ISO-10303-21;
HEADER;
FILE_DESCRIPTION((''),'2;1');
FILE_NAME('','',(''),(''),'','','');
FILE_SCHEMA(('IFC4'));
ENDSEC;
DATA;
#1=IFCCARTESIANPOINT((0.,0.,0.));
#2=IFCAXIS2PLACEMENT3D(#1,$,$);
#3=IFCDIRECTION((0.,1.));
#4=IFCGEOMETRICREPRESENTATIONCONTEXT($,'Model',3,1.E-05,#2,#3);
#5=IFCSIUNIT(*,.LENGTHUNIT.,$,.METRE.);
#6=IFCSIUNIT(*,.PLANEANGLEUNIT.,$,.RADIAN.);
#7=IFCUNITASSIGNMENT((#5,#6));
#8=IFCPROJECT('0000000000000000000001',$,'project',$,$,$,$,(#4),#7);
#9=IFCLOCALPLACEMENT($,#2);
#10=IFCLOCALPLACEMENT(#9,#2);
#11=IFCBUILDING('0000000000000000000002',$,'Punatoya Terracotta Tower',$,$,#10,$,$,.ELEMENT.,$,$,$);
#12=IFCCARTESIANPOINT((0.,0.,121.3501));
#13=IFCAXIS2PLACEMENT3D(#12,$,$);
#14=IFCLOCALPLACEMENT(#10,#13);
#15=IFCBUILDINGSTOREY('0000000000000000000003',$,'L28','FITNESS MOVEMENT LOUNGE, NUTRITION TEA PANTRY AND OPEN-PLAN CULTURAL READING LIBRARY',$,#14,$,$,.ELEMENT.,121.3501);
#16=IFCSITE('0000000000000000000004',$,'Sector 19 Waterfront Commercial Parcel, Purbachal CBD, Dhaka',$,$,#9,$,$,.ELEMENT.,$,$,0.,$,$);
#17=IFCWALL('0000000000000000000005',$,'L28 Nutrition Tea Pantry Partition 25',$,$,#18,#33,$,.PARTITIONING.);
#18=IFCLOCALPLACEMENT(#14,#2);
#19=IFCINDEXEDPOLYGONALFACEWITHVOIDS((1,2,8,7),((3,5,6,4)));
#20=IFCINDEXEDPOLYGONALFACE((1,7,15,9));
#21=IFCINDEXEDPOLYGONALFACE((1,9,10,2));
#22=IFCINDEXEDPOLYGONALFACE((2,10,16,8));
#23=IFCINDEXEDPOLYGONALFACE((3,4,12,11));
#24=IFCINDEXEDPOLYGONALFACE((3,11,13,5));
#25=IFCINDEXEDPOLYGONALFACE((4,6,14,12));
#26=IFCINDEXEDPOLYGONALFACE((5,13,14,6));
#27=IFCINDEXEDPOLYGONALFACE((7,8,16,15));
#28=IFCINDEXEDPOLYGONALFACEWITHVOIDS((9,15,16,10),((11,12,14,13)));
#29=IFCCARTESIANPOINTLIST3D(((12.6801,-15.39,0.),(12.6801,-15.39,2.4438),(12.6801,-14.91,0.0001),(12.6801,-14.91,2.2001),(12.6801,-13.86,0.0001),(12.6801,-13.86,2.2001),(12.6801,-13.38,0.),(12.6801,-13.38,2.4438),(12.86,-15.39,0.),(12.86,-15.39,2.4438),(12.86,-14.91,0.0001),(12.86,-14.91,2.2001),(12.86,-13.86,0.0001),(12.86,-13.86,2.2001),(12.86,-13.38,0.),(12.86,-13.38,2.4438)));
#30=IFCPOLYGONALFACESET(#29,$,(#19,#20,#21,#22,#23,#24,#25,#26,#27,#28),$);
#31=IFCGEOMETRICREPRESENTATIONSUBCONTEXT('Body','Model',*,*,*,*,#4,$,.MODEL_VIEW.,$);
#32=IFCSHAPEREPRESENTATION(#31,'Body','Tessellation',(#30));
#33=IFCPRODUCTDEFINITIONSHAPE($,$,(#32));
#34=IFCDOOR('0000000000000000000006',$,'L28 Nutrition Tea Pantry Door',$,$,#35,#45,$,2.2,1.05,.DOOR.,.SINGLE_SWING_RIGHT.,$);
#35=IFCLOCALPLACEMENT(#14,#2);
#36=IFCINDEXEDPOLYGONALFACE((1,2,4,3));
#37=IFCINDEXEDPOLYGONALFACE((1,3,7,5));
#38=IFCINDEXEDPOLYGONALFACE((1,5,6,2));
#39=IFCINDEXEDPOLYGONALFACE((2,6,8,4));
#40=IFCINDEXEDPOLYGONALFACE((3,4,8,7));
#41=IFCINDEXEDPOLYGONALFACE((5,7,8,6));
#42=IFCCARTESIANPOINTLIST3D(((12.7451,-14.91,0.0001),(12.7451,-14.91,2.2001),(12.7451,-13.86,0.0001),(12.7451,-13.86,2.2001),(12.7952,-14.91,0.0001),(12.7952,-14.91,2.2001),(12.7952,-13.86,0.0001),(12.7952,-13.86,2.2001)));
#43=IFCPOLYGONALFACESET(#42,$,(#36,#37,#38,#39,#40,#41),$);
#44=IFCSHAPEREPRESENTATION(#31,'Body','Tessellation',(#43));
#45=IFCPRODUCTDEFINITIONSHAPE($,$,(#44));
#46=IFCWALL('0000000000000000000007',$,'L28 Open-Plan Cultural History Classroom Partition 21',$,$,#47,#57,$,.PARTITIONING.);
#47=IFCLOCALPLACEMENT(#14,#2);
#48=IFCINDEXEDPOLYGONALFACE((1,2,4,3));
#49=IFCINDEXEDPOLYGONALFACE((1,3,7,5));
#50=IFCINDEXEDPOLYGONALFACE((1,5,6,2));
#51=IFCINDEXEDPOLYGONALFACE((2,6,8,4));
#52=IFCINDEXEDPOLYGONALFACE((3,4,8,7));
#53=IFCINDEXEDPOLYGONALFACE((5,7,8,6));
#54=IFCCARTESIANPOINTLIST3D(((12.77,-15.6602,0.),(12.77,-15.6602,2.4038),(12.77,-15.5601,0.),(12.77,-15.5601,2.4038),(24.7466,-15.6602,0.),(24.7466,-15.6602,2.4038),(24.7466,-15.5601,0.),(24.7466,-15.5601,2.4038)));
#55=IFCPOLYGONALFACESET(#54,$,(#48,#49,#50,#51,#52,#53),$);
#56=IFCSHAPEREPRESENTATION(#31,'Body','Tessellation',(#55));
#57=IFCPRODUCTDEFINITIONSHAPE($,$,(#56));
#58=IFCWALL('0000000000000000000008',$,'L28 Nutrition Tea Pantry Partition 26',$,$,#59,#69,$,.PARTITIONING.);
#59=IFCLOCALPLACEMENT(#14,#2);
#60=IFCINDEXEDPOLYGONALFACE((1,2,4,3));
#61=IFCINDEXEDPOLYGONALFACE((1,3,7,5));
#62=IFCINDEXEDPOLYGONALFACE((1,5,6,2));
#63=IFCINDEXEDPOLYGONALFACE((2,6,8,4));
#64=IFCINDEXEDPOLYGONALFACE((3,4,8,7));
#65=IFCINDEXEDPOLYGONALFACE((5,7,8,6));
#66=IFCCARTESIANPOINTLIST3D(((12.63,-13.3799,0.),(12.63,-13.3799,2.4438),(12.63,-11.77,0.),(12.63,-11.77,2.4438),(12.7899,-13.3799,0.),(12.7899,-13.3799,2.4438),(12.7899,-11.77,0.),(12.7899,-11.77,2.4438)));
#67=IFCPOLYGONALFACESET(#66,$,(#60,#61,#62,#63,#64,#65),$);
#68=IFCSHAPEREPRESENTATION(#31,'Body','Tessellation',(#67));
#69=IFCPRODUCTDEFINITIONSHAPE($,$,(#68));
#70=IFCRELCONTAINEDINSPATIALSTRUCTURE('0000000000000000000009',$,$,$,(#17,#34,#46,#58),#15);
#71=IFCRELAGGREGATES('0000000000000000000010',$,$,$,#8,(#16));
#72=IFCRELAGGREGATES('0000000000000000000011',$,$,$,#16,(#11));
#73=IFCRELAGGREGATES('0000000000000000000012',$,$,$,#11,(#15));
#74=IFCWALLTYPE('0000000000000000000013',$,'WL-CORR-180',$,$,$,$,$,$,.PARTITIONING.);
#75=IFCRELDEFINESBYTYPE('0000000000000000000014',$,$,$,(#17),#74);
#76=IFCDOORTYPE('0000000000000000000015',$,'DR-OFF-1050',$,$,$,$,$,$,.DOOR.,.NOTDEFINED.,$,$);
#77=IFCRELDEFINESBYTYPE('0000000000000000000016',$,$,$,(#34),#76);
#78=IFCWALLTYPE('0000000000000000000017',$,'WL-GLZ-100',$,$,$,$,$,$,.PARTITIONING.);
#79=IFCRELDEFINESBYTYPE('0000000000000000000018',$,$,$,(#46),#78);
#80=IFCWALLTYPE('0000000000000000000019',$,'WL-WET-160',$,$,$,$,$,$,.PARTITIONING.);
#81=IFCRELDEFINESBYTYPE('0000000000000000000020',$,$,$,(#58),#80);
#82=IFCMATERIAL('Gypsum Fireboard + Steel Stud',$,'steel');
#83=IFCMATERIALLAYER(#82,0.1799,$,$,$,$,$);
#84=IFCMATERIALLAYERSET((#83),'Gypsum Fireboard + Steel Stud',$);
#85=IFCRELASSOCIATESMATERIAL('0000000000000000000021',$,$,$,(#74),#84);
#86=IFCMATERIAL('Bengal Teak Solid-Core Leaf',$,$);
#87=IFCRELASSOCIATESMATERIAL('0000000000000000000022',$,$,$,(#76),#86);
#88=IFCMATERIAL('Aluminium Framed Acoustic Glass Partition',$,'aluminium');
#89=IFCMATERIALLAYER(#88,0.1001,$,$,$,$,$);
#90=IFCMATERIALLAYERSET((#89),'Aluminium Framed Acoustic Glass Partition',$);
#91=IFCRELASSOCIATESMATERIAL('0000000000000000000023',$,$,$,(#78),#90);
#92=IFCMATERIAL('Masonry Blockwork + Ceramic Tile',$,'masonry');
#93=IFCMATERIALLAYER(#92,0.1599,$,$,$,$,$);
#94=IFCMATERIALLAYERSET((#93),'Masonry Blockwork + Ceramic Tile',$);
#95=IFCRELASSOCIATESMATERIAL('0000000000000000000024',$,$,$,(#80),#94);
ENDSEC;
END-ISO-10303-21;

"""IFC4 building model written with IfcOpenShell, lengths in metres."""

from ifc_helpers import new_model, si_unit, direction, frame, frame_2d, origin, place, context, subcontext, project, spatial, rectangle, extrude, material, layer, layer_set, type_object, element, fill, save


model = new_model("IFC4")

# Units and contexts
model_context = context("Model", 3, precision=1e-05, world=origin(), true_north=direction((0.0, 1.0)))
body_context = subcontext(model_context, "Body", "Model", "MODEL_VIEW")
ifc_project = project(units=[si_unit("LENGTHUNIT", "METRE"), si_unit("PLANEANGLEUNIT", "RADIAN")], contexts=[model_context])

# Site, building, storey
site_placement = place(None, origin())
site = spatial("IfcSite", under=ifc_project, at=site_placement, Name="Sector 19 Waterfront Commercial Parcel, Purbachal CBD, Dhaka", CompositionType="ELEMENT", RefElevation=0.0)
building_placement = place(site_placement, origin())
building = spatial("IfcBuilding", under=site, at=building_placement, Name="Punatoya Terracotta Tower", CompositionType="ELEMENT")
storey_placement = place(building_placement, frame((0.0, 0.0, 121.3501)))
storey = spatial("IfcBuildingStorey", under=building, at=storey_placement, Name="L28", Description="FITNESS MOVEMENT LOUNGE, NUTRITION TEA PANTRY AND OPEN-PLAN CULTURAL READING LIBRARY", CompositionType="ELEMENT", Elevation=121.3501)

# Shared definitions
ifc_material_1 = material(Name="Gypsum Fireboard + Steel Stud", Category="steel")
ifc_layer_1 = layer(ifc_material_1, 0.1799)
ifc_layer_set_1 = layer_set([ifc_layer_1], Name="Gypsum Fireboard + Steel Stud")
wall_type_1 = type_object("IfcWallType", Name="WL-CORR-180", PredefinedType="PARTITIONING", material=ifc_layer_set_1)

# Wall, opening, door
wall_1_placement = place(storey_placement, frame((12.77, -15.3899, 0.0), z_axis=(0.0, 0.0, 1.0), x_axis=(0.0, 1.0, 0.0)))
wall_1 = element("IfcWall", 1, at=wall_1_placement, inside=storey, type_object=wall_type_1, Name="L28 Nutrition Tea Pantry Partition 25", PredefinedType="PARTITIONING", context=body_context, shape_type="SweptSolid", body=[
    extrude(rectangle(XDim=2.01, YDim=0.1799, at=frame_2d((1.0049, 0.0))), origin(), (0.0, 0.0, 1.0), 2.4438),
])
opening_1_placement = place(wall_1_placement, frame((0.48, 0.0, 0.0)))
opening_1 = element("IfcOpeningElement", 2, at=opening_1_placement, cuts=wall_1, PredefinedType="OPENING", context=body_context, shape_type="SweptSolid", body=[
    extrude(rectangle(XDim=1.05, YDim=2.2, at=frame_2d((0.5249, 1.1001))), frame((0.0, 0.0999, 0.0), z_axis=(0.0, -1.0, 0.0), x_axis=(1.0, 0.0, 0.0)), (0.0, 0.0, 1.0), 0.2),
])
ifc_material_2 = material(Name="Bengal Teak Solid-Core Leaf")
door_type_1 = type_object("IfcDoorType", Name="DR-OFF-1050", OperationType="NOTDEFINED", PredefinedType="DOOR", material=ifc_material_2)
door_1_placement = place(opening_1_placement, origin())
door_1 = element("IfcDoor", 3, at=door_1_placement, inside=storey, type_object=door_type_1, Name="L28 Nutrition Tea Pantry Door", OperationType="SINGLE_SWING_RIGHT", OverallHeight=2.2, OverallWidth=1.05, PredefinedType="DOOR", context=body_context, shape_type="SweptSolid", body=[
    extrude(rectangle(XDim=1.05, YDim=2.2, at=frame_2d((0.5249, 1.1001))), frame((0.0, 0.0249, 0.0), z_axis=(0.0, -1.0, 0.0), x_axis=(1.0, 0.0, 0.0)), (0.0, 0.0, 1.0), 0.05),
])
fill(opening_1, door_1)

# Walls
ifc_material_3 = material(Name="Aluminium Framed Acoustic Glass Partition", Category="aluminium")
ifc_layer_2 = layer(ifc_material_3, 0.1001)
ifc_layer_set_2 = layer_set([ifc_layer_2], Name="Aluminium Framed Acoustic Glass Partition")
wall_type_2 = type_object("IfcWallType", Name="WL-GLZ-100", PredefinedType="PARTITIONING", material=ifc_layer_set_2)
wall_2_placement = place(storey_placement, frame((12.77, -15.6101, 0.0), z_axis=(0.0, 0.0, 1.0), x_axis=(1.0, 0.0, 0.0)))
element("IfcWall", 4, at=wall_2_placement, inside=storey, type_object=wall_type_2, Name="L28 Open-Plan Cultural History Classroom Partition 21", PredefinedType="PARTITIONING", context=body_context, shape_type="SweptSolid", body=[
    extrude(rectangle(XDim=11.9766, YDim=0.1001, at=frame_2d((5.9883, 0.0))), origin(), (0.0, 0.0, 1.0), 2.4038),
])
ifc_material_4 = material(Name="Masonry Blockwork + Ceramic Tile", Category="masonry")
ifc_layer_3 = layer(ifc_material_4, 0.1599)
ifc_layer_set_3 = layer_set([ifc_layer_3], Name="Masonry Blockwork + Ceramic Tile")
wall_type_3 = type_object("IfcWallType", Name="WL-WET-160", PredefinedType="PARTITIONING", material=ifc_layer_set_3)
wall_3_placement = place(storey_placement, frame((12.71, -13.3799, 0.0), z_axis=(0.0, 0.0, 1.0), x_axis=(0.0, 1.0, 0.0)))
element("IfcWall", 5, at=wall_3_placement, inside=storey, type_object=wall_type_3, Name="L28 Nutrition Tea Pantry Partition 26", PredefinedType="PARTITIONING", context=body_context, shape_type="SweptSolid", body=[
    extrude(rectangle(XDim=1.6099, YDim=0.1599, at=frame_2d((0.8049, 0.0))), origin(), (0.0, 0.0, 1.0), 2.4438),
])

save(model, "model.ifc")
